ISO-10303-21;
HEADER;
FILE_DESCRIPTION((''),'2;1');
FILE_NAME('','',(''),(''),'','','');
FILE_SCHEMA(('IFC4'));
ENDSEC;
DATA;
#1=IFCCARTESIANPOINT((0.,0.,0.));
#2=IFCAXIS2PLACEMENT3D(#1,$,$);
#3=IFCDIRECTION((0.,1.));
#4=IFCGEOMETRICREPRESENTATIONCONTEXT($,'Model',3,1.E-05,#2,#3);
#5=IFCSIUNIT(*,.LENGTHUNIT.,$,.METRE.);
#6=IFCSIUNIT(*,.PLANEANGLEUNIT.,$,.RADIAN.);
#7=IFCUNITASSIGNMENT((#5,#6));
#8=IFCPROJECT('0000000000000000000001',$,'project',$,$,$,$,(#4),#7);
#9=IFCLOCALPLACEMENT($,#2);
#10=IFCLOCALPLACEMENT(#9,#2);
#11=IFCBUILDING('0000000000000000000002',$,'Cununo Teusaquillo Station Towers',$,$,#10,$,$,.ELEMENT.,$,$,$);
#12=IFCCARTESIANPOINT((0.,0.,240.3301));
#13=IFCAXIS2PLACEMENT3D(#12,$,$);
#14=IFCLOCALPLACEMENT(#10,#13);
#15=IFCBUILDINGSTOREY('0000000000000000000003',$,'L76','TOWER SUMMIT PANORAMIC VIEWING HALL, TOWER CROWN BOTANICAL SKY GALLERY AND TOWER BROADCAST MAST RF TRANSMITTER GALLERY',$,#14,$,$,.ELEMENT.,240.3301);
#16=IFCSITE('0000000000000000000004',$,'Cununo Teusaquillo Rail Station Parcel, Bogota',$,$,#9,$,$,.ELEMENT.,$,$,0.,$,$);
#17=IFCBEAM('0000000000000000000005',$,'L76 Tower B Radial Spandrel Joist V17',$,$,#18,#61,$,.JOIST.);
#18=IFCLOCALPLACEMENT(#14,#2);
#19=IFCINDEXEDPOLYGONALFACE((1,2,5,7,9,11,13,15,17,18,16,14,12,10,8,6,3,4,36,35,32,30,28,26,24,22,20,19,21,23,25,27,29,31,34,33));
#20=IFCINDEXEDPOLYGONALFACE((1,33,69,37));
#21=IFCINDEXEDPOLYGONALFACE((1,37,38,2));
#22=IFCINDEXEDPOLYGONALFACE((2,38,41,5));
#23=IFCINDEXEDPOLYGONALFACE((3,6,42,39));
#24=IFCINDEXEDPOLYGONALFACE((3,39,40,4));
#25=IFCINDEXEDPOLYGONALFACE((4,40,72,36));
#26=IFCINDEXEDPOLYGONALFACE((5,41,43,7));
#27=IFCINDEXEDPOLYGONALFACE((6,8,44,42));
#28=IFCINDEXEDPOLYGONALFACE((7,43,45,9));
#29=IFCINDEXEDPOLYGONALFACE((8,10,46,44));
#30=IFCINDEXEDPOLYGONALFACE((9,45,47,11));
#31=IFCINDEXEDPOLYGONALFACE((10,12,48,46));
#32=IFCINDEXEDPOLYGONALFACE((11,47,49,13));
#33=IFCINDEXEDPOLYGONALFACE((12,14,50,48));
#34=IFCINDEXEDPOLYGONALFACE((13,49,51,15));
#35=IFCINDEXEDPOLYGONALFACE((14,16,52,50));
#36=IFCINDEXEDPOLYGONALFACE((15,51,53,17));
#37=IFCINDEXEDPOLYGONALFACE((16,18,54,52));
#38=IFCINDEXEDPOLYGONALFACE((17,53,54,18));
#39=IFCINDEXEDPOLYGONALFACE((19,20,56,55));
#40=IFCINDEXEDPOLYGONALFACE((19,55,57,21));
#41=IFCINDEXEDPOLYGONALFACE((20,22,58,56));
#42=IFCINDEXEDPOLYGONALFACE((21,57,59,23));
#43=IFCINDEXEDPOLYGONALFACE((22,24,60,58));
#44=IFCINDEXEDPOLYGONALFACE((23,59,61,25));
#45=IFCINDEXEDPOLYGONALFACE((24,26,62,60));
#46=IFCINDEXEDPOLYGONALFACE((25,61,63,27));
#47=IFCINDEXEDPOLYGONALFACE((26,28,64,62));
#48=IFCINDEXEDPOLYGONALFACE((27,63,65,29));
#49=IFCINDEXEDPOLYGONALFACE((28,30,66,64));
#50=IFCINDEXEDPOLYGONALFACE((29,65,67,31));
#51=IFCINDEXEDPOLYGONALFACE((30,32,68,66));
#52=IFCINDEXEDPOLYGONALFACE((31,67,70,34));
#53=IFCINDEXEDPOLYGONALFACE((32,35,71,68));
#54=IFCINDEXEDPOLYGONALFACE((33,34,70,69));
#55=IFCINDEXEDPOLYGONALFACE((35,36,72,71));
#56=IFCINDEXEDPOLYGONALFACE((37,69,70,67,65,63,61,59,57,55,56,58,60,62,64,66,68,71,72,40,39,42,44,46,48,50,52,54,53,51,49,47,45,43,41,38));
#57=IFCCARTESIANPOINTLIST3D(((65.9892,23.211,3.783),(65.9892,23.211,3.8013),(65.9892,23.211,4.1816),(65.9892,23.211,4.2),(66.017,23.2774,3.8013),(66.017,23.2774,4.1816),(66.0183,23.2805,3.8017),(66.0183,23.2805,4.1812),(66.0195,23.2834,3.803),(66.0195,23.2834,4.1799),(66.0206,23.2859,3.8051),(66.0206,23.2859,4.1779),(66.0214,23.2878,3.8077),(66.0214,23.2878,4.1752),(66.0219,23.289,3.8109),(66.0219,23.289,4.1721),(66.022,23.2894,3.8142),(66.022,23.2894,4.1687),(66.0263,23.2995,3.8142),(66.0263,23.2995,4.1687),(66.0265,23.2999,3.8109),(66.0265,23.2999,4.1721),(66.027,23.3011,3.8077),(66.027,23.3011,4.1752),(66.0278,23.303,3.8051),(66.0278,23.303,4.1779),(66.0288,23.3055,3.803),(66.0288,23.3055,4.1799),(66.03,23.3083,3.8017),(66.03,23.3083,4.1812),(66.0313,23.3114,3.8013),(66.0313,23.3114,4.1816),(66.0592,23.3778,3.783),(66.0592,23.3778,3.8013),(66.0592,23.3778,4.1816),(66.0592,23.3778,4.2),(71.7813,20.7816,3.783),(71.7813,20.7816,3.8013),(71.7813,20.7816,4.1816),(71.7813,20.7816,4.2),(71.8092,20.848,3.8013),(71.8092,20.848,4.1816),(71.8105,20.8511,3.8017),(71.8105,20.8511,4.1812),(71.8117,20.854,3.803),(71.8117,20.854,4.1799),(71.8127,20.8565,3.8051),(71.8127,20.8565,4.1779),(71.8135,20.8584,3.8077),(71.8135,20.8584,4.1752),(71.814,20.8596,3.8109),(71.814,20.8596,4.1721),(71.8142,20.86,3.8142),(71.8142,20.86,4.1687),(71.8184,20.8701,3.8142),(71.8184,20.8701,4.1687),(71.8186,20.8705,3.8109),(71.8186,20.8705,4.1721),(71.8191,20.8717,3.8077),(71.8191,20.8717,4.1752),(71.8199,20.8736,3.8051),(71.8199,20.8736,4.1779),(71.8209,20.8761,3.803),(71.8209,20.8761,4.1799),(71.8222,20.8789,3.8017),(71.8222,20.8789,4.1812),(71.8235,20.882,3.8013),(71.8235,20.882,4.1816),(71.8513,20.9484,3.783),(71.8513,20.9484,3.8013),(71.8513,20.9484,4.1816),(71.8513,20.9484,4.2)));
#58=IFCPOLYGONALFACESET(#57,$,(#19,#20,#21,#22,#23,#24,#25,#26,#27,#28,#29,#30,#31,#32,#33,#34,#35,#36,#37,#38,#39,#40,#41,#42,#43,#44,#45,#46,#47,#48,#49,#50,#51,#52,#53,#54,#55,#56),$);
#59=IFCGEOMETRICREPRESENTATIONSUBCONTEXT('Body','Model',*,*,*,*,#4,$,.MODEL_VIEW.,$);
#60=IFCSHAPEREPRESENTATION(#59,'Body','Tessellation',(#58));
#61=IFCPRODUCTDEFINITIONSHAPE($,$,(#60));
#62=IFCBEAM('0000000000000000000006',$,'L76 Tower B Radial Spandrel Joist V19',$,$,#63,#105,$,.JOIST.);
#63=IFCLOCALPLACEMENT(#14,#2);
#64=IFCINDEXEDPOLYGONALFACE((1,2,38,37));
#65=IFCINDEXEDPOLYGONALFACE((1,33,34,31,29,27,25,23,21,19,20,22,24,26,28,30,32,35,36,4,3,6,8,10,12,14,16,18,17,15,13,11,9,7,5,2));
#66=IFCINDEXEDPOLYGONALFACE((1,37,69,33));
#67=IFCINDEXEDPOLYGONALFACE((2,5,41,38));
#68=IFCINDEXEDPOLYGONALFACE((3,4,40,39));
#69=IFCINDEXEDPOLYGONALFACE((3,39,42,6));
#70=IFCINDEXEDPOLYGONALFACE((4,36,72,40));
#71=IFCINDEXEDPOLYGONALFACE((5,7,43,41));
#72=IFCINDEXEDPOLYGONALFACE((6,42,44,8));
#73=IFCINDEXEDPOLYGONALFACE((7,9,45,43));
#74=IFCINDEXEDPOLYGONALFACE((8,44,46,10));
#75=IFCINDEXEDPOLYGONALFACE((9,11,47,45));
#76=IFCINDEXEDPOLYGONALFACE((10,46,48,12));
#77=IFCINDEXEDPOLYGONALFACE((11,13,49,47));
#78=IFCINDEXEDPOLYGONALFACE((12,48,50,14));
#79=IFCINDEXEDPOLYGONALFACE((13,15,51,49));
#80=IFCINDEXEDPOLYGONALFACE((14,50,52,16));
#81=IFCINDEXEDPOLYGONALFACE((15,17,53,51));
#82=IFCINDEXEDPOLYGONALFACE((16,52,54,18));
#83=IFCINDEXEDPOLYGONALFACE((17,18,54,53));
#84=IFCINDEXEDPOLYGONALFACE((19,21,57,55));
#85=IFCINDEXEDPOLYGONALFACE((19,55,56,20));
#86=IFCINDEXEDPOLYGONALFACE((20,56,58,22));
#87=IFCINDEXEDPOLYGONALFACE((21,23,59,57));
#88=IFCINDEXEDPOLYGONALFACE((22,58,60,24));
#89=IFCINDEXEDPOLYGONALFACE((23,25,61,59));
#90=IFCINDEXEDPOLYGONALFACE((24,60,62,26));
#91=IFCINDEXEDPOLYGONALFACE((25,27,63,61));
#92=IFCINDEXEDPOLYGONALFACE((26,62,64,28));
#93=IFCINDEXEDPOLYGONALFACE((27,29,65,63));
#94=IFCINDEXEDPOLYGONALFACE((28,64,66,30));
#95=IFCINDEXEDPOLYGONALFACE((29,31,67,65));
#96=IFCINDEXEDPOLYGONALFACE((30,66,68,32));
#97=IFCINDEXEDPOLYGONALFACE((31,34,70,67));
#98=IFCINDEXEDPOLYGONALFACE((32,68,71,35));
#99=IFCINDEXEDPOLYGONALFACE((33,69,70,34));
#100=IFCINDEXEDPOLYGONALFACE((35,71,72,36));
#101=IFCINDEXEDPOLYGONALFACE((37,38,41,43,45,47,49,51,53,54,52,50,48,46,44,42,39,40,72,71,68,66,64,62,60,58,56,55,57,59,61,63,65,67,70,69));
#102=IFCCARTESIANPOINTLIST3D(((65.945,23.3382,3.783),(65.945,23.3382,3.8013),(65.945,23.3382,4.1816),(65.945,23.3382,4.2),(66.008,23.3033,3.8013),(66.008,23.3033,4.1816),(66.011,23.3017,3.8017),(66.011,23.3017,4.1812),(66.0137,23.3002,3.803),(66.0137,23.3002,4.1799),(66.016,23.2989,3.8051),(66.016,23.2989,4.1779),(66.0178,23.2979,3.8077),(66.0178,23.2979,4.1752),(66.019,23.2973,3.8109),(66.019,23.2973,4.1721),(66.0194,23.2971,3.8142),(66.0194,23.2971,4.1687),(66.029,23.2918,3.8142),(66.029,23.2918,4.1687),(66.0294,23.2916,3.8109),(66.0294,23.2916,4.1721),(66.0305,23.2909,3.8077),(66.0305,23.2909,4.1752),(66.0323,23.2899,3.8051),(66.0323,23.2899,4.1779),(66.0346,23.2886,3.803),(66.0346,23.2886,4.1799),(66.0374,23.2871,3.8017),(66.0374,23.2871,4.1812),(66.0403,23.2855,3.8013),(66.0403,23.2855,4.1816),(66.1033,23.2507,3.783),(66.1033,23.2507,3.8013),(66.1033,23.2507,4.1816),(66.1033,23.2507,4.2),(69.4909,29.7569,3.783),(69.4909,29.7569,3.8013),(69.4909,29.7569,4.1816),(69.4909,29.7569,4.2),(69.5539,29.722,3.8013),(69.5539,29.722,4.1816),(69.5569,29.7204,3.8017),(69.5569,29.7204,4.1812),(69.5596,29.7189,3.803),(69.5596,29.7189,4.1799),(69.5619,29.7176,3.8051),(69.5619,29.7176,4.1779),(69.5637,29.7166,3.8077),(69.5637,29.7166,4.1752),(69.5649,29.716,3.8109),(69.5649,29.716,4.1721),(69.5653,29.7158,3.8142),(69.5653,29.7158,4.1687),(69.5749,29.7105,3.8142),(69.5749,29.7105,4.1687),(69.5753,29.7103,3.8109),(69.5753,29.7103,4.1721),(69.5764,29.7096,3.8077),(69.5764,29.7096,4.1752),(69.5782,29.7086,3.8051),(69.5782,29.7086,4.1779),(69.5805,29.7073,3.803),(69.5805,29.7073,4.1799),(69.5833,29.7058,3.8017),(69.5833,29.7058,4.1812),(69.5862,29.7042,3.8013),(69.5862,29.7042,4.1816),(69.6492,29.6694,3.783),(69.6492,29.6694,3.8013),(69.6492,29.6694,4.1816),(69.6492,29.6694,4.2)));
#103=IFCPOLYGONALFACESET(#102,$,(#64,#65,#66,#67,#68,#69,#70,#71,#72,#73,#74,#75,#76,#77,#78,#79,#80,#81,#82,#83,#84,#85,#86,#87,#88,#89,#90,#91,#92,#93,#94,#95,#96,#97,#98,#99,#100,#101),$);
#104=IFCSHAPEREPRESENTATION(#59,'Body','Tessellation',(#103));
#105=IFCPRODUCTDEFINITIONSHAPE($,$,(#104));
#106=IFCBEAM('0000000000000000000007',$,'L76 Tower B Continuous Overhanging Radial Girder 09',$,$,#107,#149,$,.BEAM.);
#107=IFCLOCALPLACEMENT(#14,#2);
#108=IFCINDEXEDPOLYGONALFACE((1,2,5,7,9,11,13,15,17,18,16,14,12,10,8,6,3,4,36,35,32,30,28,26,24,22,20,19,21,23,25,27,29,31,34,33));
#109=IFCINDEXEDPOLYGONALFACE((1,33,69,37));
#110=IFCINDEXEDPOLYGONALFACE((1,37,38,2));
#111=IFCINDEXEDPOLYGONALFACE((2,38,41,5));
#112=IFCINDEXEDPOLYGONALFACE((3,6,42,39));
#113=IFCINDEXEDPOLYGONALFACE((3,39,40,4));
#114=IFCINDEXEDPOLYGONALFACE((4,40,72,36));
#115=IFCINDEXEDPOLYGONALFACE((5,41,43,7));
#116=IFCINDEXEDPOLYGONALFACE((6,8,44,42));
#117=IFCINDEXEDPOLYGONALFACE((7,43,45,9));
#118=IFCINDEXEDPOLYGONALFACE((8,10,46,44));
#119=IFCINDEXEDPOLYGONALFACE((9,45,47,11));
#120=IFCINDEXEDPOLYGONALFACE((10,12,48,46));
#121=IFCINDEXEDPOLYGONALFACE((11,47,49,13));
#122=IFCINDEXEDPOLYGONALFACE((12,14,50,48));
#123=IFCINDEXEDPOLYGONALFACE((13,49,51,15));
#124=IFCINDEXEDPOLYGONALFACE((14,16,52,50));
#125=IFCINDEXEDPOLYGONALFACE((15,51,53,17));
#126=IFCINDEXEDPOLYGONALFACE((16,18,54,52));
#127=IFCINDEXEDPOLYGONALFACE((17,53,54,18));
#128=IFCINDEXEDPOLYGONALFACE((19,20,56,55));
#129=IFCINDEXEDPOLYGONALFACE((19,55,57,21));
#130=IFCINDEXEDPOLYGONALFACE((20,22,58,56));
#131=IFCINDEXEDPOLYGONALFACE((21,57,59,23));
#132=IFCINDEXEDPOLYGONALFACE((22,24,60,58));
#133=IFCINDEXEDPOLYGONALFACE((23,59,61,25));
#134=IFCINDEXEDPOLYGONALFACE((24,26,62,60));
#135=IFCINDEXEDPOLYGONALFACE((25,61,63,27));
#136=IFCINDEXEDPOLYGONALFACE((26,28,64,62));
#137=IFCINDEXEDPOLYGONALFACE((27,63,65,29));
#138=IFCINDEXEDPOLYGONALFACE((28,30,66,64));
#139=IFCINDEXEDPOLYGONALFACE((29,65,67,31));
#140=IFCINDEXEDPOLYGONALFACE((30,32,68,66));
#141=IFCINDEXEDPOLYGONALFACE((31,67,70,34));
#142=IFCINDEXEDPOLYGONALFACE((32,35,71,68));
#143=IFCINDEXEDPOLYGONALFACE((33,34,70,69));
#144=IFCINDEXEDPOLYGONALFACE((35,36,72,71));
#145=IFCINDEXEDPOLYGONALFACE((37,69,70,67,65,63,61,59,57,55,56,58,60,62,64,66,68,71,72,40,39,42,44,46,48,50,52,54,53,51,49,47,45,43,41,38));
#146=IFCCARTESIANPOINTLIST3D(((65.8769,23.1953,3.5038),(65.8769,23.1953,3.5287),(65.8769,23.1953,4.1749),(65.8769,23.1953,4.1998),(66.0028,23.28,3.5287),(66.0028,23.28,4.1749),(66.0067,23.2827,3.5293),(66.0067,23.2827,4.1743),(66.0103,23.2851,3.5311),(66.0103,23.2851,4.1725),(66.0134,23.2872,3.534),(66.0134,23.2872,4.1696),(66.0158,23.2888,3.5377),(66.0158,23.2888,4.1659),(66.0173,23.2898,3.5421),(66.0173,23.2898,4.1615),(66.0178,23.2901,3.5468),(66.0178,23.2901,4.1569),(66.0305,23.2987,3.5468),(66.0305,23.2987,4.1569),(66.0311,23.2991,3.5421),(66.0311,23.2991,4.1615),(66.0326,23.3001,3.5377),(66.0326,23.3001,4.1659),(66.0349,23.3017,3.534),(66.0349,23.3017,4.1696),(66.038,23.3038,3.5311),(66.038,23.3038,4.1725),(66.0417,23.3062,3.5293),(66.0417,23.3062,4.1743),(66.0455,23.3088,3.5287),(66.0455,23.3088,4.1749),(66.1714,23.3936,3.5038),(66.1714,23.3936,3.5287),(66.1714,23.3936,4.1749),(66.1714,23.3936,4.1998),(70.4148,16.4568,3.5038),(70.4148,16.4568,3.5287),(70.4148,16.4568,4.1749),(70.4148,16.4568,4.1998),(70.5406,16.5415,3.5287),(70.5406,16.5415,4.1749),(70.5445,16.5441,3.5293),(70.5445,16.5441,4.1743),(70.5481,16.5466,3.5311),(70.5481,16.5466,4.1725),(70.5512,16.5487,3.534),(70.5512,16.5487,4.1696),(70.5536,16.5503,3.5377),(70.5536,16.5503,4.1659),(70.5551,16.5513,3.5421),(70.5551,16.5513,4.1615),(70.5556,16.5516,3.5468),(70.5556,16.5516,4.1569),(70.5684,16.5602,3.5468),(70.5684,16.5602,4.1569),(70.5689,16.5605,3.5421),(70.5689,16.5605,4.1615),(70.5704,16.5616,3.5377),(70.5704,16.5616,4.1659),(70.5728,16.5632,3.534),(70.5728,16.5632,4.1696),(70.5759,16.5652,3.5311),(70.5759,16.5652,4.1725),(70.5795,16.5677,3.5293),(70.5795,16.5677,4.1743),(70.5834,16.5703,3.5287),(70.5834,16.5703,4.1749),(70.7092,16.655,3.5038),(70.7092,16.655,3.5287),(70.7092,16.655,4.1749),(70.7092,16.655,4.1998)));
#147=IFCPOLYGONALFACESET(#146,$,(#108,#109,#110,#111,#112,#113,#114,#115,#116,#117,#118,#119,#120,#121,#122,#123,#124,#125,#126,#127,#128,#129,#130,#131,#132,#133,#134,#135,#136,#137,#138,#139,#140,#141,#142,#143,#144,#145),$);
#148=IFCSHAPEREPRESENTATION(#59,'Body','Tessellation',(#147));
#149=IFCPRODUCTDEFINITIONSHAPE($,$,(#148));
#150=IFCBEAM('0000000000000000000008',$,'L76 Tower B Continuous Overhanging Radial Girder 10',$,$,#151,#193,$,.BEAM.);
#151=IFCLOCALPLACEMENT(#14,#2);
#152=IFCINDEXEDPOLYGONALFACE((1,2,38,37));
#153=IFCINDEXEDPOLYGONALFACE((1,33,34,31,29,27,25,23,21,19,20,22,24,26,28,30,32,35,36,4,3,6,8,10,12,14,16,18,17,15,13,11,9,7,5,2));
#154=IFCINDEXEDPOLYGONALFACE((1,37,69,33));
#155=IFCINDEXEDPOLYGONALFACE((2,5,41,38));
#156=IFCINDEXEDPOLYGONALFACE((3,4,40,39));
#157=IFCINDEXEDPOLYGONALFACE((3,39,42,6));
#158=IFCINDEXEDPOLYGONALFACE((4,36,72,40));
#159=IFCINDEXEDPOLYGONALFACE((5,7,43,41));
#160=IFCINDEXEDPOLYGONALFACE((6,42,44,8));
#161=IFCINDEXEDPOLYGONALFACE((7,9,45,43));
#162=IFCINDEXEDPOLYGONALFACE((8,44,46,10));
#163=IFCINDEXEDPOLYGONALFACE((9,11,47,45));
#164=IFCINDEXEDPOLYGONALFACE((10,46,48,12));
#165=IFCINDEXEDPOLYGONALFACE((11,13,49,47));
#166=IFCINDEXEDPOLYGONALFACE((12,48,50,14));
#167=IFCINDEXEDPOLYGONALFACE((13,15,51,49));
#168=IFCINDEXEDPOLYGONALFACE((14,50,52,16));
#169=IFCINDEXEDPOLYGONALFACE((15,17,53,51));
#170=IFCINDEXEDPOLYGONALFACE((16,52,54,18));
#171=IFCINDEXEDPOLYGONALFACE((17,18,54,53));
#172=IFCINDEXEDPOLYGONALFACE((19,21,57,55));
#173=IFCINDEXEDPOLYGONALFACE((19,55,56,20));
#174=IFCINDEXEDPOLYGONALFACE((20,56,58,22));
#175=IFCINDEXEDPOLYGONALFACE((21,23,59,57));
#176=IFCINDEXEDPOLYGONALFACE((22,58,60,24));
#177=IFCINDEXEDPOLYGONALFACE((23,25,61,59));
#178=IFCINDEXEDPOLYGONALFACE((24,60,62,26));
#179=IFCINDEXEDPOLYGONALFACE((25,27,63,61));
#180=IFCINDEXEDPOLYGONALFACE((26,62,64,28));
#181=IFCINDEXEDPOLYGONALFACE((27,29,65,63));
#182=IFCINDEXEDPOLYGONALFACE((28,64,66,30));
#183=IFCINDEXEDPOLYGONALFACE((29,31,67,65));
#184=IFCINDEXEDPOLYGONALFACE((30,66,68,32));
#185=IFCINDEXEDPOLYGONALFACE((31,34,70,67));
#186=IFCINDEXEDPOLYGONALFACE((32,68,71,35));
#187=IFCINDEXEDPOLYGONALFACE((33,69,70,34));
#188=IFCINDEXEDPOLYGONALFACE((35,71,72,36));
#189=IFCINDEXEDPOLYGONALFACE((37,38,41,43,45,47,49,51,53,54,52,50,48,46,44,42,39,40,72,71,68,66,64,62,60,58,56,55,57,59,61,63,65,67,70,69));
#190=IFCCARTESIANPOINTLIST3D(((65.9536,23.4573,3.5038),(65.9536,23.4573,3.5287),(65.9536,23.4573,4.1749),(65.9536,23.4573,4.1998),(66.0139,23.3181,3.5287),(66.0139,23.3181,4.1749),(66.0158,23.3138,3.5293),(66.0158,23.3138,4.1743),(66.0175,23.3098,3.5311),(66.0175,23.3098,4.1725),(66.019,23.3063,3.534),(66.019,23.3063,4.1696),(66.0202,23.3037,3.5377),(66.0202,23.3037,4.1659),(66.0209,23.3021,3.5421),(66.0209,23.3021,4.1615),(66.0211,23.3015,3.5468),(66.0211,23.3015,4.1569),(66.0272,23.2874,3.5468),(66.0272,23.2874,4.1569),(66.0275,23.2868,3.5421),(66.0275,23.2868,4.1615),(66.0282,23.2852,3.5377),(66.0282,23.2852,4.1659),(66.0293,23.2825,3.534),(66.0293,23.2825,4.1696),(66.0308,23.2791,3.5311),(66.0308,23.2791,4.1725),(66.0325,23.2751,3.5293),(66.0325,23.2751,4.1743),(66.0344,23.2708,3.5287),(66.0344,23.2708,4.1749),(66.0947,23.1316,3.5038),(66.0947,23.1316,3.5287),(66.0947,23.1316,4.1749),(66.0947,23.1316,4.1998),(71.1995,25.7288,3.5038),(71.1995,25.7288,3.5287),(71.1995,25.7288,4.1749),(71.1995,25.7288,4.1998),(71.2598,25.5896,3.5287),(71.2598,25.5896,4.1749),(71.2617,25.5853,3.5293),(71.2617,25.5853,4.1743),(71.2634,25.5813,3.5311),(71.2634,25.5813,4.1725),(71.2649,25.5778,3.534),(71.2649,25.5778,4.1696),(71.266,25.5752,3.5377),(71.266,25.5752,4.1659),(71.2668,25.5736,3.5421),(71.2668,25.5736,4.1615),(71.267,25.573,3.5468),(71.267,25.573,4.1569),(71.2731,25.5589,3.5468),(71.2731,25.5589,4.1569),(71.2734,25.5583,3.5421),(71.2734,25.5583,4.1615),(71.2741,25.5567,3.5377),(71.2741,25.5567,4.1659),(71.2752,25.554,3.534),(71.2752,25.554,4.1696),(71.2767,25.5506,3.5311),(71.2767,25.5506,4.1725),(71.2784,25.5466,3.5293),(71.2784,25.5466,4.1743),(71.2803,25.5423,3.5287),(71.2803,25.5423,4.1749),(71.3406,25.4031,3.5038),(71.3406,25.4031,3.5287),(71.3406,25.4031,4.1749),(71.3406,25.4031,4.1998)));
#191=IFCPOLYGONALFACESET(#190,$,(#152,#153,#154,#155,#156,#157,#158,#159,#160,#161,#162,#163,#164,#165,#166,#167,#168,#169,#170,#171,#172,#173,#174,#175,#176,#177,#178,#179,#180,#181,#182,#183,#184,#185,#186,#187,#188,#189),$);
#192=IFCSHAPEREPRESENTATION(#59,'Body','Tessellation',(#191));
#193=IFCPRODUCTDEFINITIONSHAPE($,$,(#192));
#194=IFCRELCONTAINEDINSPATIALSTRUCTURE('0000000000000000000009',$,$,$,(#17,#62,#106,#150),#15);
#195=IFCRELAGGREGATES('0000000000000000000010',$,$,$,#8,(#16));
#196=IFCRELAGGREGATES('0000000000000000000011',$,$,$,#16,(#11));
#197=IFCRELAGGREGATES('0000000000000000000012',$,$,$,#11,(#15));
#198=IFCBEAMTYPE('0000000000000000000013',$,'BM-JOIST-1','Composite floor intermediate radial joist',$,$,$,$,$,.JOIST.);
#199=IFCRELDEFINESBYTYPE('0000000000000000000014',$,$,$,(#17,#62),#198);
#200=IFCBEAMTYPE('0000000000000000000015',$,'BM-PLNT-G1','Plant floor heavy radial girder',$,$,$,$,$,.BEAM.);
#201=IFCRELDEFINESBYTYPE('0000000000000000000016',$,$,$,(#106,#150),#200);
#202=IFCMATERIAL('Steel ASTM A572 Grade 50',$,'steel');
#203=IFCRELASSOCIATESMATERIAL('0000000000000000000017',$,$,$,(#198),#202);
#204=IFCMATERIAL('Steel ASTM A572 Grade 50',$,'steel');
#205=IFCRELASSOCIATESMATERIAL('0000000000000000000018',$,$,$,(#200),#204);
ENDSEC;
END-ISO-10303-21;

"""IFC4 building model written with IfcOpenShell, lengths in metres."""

from ifc_helpers import new_model, si_unit, direction, frame, origin, origin_2d, place, context, subcontext, project, spatial, i_section, extrude, material, material_profile, profile_set, type_object, element, save


model = new_model("IFC4")

# Units and contexts
model_context = context("Model", 3, precision=1e-05, world=origin(), true_north=direction((0.0, 1.0)))
body_context = subcontext(model_context, "Body", "Model", "MODEL_VIEW")
ifc_project = project(units=[si_unit("LENGTHUNIT", "METRE"), si_unit("PLANEANGLEUNIT", "RADIAN")], contexts=[model_context])

# Site, building, storey
site_placement = place(None, origin())
site = spatial("IfcSite", under=ifc_project, at=site_placement, Name="Cununo Teusaquillo Rail Station Parcel, Bogota", CompositionType="ELEMENT", RefElevation=0.0)
building_placement = place(site_placement, origin())
building = spatial("IfcBuilding", under=site, at=building_placement, Name="Cununo Teusaquillo Station Towers", CompositionType="ELEMENT")
storey_placement = place(building_placement, frame((0.0, 0.0, 240.3301)))
storey = spatial("IfcBuildingStorey", under=building, at=storey_placement, Name="L76", Description="TOWER SUMMIT PANORAMIC VIEWING HALL, TOWER CROWN BOTANICAL SKY GALLERY AND TOWER BROADCAST MAST RF TRANSMITTER GALLERY", CompositionType="ELEMENT", Elevation=240.3301)

# Beams
ifc_material_1 = material(Name="Steel ASTM A572 Grade 50", Category="steel")
ifc_material_profile_1 = material_profile(ifc_material_1, i_section(OverallWidth=0.1809, OverallDepth=0.417, WebThickness=0.011, FlangeThickness=0.0183, FilletRadius=0.0129, at=origin_2d()), Name="W16X57")
ifc_profile_set_1 = profile_set([ifc_material_profile_1], Name="Steel ASTM A572 Grade 50")
beam_type_1 = type_object("IfcBeamType", Name="BM-JOIST-1", Description="Composite floor intermediate radial joist", PredefinedType="JOIST", material=ifc_profile_set_1)
beam_1_placement = place(storey_placement, frame((66.0242, 23.2944, 3.9915), z_axis=(0.922169, -0.386786, 0.0), x_axis=(0.386786, 0.922169, 0.0)))
element("IfcBeam", 1, at=beam_1_placement, inside=storey, type_object=beam_type_1, Name="L76 Tower B Radial Spandrel Joist V17", PredefinedType="JOIST", context=body_context, shape_type="SweptSolid", body=[
    extrude(i_section(OverallWidth=0.1809, OverallDepth=0.417, WebThickness=0.011, FlangeThickness=0.0183, FilletRadius=0.0129, at=origin_2d()), origin(), (0.0, 0.0, 1.0), 6.281),
])
beam_2_placement = place(storey_placement, frame((66.0242, 23.2944, 3.9915), z_axis=(0.483553, 0.875315, 0.0), x_axis=(-0.875315, 0.483553, 0.0)))
element("IfcBeam", 2, at=beam_2_placement, inside=storey, type_object=beam_type_1, Name="L76 Tower B Radial Spandrel Joist V19", PredefinedType="JOIST", context=body_context, shape_type="SweptSolid", body=[
    extrude(i_section(OverallWidth=0.1809, OverallDepth=0.417, WebThickness=0.011, FlangeThickness=0.0183, FilletRadius=0.0129, at=origin_2d()), origin(), (0.0, 0.0, 1.0), 7.333),
])
ifc_material_2 = material(Name="Steel ASTM A572 Grade 50", Category="steel")
ifc_material_profile_2 = material_profile(ifc_material_2, i_section(OverallWidth=0.355, OverallDepth=0.696, WebThickness=0.0154, FlangeThickness=0.0249, FilletRadius=0.0181, at=origin_2d()), Name="W27X146")
ifc_profile_set_2 = profile_set([ifc_material_profile_2], Name="Steel ASTM A572 Grade 50")
beam_type_2 = type_object("IfcBeamType", Name="BM-PLNT-G1", Description="Plant floor heavy radial girder", PredefinedType="BEAM", material=ifc_profile_set_2)
beam_3_placement = place(storey_placement, frame((66.0242, 23.2944, 3.8518), z_axis=(0.558571, -0.829457, 0.0), x_axis=(0.829457, 0.558571, 0.0)))
element("IfcBeam", 3, at=beam_3_placement, inside=storey, type_object=beam_type_2, Name="L76 Tower B Continuous Overhanging Radial Girder 09", PredefinedType="BEAM", context=body_context, shape_type="SweptSolid", body=[
    extrude(i_section(OverallWidth=0.355, OverallDepth=0.696, WebThickness=0.0154, FlangeThickness=0.0249, FilletRadius=0.0181, at=origin_2d()), origin(), (0.0, 0.0, 1.0), 8.124),
])
beam_4_placement = place(storey_placement, frame((66.0242, 23.2944, 3.8518), z_axis=(0.917665, 0.397355, 0.0), x_axis=(-0.397355, 0.917665, 0.0)))
element("IfcBeam", 4, at=beam_4_placement, inside=storey, type_object=beam_type_2, Name="L76 Tower B Continuous Overhanging Radial Girder 10", PredefinedType="BEAM", context=body_context, shape_type="SweptSolid", body=[
    extrude(i_section(OverallWidth=0.355, OverallDepth=0.696, WebThickness=0.0154, FlangeThickness=0.0249, FilletRadius=0.0181, at=origin_2d()), origin(), (0.0, 0.0, 1.0), 5.7166),
])

save(model, "model.ifc")
